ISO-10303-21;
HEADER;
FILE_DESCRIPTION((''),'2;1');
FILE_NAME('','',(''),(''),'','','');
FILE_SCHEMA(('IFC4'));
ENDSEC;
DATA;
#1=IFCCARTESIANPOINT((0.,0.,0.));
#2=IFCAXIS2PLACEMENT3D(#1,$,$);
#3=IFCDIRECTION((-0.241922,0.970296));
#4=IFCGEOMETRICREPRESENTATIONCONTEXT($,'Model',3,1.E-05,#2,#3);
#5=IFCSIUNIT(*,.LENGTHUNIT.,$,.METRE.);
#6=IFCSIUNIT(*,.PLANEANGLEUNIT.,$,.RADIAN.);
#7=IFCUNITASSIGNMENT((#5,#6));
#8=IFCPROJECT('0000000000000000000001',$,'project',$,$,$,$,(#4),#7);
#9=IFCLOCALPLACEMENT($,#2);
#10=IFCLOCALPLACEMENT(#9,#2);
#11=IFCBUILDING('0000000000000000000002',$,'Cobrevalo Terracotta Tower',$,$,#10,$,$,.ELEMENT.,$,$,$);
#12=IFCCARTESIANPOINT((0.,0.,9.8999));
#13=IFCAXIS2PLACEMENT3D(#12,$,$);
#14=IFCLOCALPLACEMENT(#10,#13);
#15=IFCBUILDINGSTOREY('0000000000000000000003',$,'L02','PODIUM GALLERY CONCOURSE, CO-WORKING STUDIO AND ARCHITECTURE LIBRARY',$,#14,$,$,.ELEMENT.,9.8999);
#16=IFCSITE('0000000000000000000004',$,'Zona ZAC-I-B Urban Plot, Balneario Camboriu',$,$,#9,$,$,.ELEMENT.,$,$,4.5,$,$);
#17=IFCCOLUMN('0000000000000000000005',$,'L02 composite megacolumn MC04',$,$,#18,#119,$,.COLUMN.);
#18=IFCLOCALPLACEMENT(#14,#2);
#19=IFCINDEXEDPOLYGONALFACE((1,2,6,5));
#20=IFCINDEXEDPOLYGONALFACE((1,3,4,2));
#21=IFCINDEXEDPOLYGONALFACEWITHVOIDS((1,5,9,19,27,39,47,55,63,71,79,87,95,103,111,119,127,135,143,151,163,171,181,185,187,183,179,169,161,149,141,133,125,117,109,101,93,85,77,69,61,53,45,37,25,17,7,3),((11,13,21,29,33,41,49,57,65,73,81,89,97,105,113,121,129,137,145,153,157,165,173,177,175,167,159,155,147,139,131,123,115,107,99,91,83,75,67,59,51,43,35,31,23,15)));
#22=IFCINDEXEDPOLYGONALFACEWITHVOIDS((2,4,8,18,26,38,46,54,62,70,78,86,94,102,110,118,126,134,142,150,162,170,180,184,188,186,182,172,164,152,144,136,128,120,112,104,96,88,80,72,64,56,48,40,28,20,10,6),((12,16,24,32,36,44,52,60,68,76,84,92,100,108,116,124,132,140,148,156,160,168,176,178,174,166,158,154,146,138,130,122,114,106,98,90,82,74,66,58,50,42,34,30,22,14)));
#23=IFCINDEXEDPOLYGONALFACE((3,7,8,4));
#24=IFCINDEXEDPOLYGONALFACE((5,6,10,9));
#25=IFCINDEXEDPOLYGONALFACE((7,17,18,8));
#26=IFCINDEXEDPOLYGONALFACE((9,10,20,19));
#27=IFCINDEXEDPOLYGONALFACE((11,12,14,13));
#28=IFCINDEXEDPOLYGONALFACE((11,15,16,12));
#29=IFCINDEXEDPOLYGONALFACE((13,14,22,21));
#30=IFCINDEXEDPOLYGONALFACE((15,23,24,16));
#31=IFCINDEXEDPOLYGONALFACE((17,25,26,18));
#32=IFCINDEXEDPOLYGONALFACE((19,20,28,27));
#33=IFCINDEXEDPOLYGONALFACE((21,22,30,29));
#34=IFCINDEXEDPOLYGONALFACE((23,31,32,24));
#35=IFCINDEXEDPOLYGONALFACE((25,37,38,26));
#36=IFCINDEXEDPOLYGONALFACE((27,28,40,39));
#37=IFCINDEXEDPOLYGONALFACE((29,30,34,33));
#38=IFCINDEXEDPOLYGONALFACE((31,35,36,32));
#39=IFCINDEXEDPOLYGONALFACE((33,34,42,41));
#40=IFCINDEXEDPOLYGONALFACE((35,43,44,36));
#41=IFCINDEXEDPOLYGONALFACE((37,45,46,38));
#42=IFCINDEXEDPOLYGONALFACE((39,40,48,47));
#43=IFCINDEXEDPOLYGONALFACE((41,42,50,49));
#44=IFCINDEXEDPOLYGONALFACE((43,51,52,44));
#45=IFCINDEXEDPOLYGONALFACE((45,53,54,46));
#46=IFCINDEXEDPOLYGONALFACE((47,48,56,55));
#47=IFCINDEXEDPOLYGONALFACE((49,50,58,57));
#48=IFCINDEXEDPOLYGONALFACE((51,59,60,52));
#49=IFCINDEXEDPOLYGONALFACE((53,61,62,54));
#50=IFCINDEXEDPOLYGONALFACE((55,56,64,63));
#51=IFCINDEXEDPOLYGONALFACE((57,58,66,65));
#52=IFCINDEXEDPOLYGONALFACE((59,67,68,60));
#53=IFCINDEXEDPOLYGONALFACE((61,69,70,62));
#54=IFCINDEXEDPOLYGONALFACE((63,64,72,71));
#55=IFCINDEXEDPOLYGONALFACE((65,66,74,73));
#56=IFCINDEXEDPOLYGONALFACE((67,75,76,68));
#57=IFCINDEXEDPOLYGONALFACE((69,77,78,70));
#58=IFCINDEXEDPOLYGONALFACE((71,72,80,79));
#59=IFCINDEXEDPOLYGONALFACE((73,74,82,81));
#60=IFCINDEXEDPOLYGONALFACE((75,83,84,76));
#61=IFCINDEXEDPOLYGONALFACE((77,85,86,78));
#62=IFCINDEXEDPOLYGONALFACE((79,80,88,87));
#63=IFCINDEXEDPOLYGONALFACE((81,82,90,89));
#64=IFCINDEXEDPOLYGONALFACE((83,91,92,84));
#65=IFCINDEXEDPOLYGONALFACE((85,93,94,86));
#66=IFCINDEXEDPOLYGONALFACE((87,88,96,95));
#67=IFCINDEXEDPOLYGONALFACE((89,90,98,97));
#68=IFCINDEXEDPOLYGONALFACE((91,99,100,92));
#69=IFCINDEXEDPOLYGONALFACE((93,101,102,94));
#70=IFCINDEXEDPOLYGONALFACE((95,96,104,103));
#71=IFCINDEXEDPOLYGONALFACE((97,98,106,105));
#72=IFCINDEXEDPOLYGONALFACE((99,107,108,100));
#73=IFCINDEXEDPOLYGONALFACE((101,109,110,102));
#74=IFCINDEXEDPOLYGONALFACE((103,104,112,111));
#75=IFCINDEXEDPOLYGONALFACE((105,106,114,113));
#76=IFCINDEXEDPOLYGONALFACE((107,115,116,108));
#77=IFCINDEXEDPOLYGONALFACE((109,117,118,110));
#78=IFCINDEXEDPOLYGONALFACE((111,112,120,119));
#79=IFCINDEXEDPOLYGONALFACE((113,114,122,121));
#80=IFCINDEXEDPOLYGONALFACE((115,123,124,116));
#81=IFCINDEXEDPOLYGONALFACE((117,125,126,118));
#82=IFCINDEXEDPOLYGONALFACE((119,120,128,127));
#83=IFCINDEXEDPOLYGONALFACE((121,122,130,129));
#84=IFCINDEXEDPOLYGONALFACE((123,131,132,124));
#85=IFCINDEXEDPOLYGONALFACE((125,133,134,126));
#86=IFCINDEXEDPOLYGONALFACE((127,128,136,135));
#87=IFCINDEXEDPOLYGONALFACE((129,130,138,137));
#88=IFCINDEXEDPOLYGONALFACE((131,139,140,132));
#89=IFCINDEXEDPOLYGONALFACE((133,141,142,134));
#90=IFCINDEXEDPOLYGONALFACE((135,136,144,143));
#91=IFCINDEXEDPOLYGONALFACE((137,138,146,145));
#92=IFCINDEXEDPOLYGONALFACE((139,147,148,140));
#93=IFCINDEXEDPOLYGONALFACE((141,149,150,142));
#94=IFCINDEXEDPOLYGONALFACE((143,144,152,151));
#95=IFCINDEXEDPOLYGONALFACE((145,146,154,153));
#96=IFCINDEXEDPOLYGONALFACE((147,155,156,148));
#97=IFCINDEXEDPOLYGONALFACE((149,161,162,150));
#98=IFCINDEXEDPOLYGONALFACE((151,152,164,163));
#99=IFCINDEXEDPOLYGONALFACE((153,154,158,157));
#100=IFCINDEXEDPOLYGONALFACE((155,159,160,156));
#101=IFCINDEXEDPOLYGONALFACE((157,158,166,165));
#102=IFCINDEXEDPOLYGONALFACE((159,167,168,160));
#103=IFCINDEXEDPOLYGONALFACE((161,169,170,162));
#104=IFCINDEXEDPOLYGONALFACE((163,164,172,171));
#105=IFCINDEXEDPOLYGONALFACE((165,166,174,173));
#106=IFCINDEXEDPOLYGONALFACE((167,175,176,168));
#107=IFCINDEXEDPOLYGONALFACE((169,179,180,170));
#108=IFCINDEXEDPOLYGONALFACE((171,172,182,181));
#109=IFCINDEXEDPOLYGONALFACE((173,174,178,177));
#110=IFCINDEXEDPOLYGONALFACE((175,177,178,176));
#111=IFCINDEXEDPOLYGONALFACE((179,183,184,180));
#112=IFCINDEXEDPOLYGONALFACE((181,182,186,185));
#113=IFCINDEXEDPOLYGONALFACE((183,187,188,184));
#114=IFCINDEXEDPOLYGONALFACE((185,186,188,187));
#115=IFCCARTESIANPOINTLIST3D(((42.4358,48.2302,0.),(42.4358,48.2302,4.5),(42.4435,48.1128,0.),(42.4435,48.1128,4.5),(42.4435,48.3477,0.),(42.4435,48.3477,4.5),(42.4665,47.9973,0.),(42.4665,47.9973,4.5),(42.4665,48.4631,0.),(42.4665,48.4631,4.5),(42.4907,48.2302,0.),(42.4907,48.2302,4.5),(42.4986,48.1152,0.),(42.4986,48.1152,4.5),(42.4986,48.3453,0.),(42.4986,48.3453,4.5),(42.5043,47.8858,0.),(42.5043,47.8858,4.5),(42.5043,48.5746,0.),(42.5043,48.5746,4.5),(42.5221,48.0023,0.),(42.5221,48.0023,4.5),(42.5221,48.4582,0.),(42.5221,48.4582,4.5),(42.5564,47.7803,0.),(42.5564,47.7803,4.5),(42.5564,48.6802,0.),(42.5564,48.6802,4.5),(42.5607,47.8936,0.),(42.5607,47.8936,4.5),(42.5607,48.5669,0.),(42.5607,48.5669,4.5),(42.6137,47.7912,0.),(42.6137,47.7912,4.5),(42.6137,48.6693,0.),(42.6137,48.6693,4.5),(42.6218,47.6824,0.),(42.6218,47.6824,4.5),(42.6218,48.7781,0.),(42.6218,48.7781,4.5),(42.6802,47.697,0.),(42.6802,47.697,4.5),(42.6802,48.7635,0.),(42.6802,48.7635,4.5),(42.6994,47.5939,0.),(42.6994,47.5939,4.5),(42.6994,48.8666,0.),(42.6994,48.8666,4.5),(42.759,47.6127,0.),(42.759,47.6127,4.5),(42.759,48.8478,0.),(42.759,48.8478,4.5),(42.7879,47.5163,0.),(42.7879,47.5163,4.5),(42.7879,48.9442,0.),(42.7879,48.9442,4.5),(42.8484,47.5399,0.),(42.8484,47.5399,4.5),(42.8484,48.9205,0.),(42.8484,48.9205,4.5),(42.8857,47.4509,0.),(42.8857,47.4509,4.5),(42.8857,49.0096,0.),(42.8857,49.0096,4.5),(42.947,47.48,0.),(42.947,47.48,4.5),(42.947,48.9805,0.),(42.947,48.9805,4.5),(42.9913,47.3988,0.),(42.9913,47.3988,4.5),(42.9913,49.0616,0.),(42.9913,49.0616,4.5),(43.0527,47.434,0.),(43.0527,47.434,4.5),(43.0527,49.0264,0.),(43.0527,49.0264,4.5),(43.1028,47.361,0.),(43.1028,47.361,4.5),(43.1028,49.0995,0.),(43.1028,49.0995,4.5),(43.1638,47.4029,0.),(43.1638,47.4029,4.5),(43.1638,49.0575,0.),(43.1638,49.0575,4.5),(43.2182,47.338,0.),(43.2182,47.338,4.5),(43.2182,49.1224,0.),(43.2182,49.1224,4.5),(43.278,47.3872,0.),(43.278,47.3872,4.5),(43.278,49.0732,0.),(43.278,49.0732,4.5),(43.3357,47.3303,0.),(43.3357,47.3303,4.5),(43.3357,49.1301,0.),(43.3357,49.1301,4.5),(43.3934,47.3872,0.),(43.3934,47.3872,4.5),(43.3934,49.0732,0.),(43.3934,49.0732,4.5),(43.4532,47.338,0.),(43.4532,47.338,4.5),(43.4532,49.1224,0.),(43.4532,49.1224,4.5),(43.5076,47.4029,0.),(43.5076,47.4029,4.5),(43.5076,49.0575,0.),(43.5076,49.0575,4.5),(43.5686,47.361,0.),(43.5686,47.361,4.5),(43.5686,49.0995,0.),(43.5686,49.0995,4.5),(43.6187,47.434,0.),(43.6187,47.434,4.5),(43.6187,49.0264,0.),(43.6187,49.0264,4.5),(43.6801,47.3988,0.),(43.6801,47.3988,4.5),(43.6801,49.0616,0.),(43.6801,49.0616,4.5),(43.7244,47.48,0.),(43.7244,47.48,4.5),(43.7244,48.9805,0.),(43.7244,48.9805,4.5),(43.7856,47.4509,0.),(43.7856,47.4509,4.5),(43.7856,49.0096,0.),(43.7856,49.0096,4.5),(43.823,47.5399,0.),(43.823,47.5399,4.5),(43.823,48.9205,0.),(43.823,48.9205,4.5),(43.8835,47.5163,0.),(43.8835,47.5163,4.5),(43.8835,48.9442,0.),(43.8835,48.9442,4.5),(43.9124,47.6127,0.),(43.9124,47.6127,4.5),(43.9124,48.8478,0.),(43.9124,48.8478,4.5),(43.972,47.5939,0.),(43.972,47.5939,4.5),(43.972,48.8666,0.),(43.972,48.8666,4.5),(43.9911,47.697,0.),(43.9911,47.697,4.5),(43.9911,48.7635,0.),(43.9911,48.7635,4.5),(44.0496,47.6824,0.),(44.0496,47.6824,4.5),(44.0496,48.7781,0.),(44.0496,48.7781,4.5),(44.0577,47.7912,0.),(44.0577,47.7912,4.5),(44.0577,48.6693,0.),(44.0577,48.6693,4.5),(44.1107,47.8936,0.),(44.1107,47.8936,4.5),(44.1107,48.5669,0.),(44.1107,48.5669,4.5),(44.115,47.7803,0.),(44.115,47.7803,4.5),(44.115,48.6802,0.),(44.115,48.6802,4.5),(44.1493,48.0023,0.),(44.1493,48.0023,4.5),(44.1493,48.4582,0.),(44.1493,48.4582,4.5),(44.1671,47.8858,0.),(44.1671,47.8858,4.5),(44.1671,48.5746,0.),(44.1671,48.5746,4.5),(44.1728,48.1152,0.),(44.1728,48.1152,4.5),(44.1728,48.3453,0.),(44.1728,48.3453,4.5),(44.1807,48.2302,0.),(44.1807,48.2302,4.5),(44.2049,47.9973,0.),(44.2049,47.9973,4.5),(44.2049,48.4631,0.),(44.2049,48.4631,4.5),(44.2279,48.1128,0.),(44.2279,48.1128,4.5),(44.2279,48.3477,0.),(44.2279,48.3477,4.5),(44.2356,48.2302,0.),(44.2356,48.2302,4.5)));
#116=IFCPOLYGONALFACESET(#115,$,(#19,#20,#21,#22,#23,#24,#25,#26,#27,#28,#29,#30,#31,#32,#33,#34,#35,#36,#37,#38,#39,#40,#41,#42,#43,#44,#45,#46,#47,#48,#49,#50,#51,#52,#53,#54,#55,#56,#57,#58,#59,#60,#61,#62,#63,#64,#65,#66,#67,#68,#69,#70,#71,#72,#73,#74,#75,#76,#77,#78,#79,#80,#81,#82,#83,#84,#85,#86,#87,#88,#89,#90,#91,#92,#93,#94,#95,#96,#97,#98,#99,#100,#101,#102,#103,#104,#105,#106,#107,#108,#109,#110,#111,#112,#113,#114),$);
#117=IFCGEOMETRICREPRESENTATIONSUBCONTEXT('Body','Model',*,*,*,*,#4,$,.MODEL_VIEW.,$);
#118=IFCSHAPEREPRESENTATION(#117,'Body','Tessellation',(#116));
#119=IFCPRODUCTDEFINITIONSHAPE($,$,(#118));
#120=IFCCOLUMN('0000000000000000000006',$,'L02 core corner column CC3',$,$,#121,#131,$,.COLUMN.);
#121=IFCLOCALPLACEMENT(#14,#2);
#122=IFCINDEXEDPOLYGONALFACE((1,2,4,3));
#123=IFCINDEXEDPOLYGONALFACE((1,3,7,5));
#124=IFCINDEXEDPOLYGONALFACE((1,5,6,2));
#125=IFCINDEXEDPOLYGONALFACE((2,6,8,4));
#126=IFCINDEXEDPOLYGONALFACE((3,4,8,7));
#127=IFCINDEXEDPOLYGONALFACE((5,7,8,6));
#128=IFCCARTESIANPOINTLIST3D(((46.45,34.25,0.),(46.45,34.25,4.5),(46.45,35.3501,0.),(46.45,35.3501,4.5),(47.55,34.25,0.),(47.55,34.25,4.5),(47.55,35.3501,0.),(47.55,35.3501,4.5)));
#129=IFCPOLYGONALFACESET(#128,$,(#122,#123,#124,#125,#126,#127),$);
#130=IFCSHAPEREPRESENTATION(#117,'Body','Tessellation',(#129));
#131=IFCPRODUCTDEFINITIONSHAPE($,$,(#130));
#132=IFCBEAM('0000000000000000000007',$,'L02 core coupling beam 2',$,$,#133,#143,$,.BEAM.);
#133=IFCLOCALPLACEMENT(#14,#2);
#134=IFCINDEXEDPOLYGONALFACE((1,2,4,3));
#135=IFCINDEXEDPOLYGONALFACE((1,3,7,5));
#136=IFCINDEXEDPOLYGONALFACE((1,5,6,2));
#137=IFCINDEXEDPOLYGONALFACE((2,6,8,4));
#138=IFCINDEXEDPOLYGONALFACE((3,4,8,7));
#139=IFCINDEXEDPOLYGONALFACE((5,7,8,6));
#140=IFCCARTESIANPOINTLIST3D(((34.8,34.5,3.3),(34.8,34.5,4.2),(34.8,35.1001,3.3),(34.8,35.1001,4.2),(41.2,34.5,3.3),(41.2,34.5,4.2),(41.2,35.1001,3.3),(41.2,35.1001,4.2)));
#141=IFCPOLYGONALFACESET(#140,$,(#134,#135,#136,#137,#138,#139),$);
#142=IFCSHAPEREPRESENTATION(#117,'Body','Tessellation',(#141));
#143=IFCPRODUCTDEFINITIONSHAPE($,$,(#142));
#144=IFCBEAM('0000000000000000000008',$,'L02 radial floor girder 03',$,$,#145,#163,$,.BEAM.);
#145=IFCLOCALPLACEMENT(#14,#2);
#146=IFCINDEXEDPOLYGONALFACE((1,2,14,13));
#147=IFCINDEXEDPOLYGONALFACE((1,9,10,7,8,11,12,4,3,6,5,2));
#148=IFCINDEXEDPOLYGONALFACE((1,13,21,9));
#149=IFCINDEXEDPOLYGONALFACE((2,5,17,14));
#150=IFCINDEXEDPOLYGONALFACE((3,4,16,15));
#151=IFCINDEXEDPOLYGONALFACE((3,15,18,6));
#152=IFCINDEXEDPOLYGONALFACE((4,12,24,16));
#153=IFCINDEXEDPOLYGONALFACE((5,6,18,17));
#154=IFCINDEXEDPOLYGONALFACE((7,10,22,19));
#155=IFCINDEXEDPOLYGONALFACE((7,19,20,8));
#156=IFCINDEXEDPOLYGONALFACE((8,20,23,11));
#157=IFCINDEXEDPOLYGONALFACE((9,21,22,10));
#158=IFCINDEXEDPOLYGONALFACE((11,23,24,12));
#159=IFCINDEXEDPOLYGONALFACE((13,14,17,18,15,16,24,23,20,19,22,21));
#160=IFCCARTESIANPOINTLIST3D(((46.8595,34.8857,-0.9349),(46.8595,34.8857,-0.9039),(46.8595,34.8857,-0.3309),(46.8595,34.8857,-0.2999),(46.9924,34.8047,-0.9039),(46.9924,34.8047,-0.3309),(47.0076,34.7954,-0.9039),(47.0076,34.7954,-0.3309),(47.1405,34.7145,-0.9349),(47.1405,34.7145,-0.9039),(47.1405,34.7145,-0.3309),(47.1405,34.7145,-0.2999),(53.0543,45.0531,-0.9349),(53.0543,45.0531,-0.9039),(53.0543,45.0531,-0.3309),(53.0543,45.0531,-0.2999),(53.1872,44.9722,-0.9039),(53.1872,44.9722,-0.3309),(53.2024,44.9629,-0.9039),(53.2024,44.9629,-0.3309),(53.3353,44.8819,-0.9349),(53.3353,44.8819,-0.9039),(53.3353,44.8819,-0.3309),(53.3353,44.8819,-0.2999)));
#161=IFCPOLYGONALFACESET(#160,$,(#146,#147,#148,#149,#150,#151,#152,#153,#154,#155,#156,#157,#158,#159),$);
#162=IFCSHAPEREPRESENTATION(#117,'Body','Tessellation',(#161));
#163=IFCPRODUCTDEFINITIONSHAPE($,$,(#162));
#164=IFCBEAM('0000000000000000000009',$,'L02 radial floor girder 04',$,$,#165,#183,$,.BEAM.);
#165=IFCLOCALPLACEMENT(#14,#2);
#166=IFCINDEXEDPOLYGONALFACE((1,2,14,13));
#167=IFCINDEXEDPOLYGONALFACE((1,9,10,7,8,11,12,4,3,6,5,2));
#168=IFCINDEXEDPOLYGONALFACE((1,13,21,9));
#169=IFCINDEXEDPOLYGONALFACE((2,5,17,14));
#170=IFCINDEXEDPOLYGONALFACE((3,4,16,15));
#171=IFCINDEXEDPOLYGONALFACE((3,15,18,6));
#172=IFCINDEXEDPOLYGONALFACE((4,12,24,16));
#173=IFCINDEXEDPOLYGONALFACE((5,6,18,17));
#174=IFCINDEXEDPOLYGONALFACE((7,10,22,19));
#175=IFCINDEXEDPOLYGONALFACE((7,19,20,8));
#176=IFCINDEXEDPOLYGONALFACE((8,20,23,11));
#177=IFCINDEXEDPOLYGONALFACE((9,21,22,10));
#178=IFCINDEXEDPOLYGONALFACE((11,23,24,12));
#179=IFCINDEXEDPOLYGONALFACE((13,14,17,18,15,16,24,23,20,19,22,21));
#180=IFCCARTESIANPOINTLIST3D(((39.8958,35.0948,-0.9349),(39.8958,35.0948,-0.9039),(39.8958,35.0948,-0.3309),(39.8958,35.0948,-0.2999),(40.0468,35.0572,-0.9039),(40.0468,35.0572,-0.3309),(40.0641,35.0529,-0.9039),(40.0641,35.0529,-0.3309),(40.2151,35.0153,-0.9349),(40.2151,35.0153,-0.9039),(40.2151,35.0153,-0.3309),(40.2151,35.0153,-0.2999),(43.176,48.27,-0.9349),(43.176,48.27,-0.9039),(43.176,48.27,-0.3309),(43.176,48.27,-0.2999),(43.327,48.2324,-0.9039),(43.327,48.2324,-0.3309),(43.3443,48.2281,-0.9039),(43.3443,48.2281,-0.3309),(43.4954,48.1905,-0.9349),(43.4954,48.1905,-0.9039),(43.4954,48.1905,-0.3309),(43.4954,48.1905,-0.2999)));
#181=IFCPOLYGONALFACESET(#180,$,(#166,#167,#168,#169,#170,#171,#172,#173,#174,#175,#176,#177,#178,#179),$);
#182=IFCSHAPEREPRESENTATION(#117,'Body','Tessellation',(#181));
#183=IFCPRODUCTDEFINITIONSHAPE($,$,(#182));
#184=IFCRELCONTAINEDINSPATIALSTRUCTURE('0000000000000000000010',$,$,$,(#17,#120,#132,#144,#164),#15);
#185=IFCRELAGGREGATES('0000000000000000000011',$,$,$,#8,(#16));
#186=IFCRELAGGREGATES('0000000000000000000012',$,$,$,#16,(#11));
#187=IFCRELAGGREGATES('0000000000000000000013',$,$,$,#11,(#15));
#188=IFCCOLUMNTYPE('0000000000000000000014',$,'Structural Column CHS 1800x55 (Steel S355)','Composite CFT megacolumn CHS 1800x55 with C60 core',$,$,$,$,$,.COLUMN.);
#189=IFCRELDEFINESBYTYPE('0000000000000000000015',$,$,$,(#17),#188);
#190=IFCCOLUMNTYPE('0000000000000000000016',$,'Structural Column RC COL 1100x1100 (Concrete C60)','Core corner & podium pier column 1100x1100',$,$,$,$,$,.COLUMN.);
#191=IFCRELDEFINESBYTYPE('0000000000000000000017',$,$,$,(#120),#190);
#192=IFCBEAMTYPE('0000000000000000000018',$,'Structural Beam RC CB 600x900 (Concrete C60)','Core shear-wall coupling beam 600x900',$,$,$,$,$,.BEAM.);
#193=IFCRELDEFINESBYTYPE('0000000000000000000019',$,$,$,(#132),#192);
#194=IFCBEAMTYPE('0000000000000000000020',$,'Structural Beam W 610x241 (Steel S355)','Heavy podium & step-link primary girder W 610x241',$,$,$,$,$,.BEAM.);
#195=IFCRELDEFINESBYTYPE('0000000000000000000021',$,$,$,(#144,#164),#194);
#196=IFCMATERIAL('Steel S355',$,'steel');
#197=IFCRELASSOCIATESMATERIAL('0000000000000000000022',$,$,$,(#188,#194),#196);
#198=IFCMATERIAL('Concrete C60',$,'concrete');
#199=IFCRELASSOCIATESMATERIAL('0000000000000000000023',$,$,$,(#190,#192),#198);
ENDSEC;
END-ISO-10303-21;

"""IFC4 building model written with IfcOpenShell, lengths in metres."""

from ifc_helpers import new_model, si_unit, direction, frame, origin, origin_2d, place, context, subcontext, project, spatial, rectangle, hollow_circle, i_section, extrude, material, material_profile, profile_set, type_object, element, save


model = new_model("IFC4")

# Units and contexts
model_context = context("Model", 3, precision=1e-05, world=origin(), true_north=direction((-0.241922, 0.970296)))
body_context = subcontext(model_context, "Body", "Model", "MODEL_VIEW")
ifc_project = project(units=[si_unit("LENGTHUNIT", "METRE"), si_unit("PLANEANGLEUNIT", "RADIAN")], contexts=[model_context])

# Site, building, storey
site_placement = place(None, origin())
site = spatial("IfcSite", under=ifc_project, at=site_placement, Name="Zona ZAC-I-B Urban Plot, Balneario Camboriu", CompositionType="ELEMENT", RefElevation=4.5)
building_placement = place(site_placement, origin())
building = spatial("IfcBuilding", under=site, at=building_placement, Name="Cobrevalo Terracotta Tower", CompositionType="ELEMENT")
storey_placement = place(building_placement, frame((0.0, 0.0, 9.8999)))
storey = spatial("IfcBuildingStorey", under=building, at=storey_placement, Name="L02", Description="PODIUM GALLERY CONCOURSE, CO-WORKING STUDIO AND ARCHITECTURE LIBRARY", CompositionType="ELEMENT", Elevation=9.8999)

# Columns
ifc_material_1 = material(Name="Steel S355", Category="steel")
ifc_material_profile_1 = material_profile(ifc_material_1, hollow_circle(Radius=0.8999, WallThickness=0.0549, at=origin_2d()), Name="CHS 1800x55")
ifc_profile_set_1 = profile_set([ifc_material_profile_1], Name="Steel S355")
column_type_1 = type_object("IfcColumnType", Name="Structural Column CHS 1800x55 (Steel S355)", Description="Composite CFT megacolumn CHS 1800x55 with C60 core", PredefinedType="COLUMN", material=ifc_profile_set_1)
for number, where, z_axis, x_axis, name in (
    (1, (43.3357, 48.2302, 0.0), (0.0, 0.0, 1.0), (1.0, 0.0, 0.0), "L02 composite megacolumn MC04"),
):
    element("IfcColumn", number, at=place(storey_placement, frame(where, z_axis=z_axis, x_axis=x_axis)), inside=storey, type_object=column_type_1, Name=name, PredefinedType="COLUMN", context=body_context, shape_type="SweptSolid", body=[
        extrude(hollow_circle(Radius=0.8999, WallThickness=0.0549, at=origin_2d()), origin(), (0.0, 0.0, 1.0), 4.5),
    ])
ifc_material_2 = material(Name="Concrete C60", Category="concrete")
ifc_material_profile_2 = material_profile(ifc_material_2, rectangle(XDim=1.1001, YDim=1.1001, at=origin_2d()), Name="RC COL 1100x1100")
ifc_profile_set_2 = profile_set([ifc_material_profile_2], Name="Concrete C60")
column_type_2 = type_object("IfcColumnType", Name="Structural Column RC COL 1100x1100 (Concrete C60)", Description="Core corner & podium pier column 1100x1100", PredefinedType="COLUMN", material=ifc_profile_set_2)
column_placement = place(storey_placement, frame((47.0, 34.8, 0.0), z_axis=(0.0, 0.0, 1.0), x_axis=(1.0, 0.0, 0.0)))
element("IfcColumn", 2, at=column_placement, inside=storey, type_object=column_type_2, Name="L02 core corner column CC3", PredefinedType="COLUMN", context=body_context, shape_type="SweptSolid", body=[
    extrude(rectangle(XDim=1.1001, YDim=1.1001, at=origin_2d()), origin(), (0.0, 0.0, 1.0), 4.5),
])

# Beams
ifc_material_profile_3 = material_profile(ifc_material_2, rectangle(XDim=0.6001, YDim=0.8999, at=origin_2d()), Name="RC CB 600x900")
ifc_profile_set_3 = profile_set([ifc_material_profile_3], Name="Concrete C60")
beam_type_1 = type_object("IfcBeamType", Name="Structural Beam RC CB 600x900 (Concrete C60)", Description="Core shear-wall coupling beam 600x900", PredefinedType="BEAM", material=ifc_profile_set_3)
beam_1_placement = place(storey_placement, frame((34.8, 34.8, 3.75), z_axis=(1.0, 0.0, 0.0), x_axis=(0.0, 1.0, 0.0)))
element("IfcBeam", 3, at=beam_1_placement, inside=storey, type_object=beam_type_1, Name="L02 core coupling beam 2", PredefinedType="BEAM", context=body_context, shape_type="SweptSolid", body=[
    extrude(rectangle(XDim=0.6001, YDim=0.8999, at=origin_2d()), origin(), (0.0, 0.0, 1.0), 6.3999),
])
ifc_material_profile_4 = material_profile(ifc_material_1, i_section(OverallWidth=0.3291, OverallDepth=0.635, WebThickness=0.0178, FlangeThickness=0.031, at=origin_2d()), Name="W 610x241")
ifc_profile_set_4 = profile_set([ifc_material_profile_4], Name="Steel S355")
beam_type_2 = type_object("IfcBeamType", Name="Structural Beam W 610x241 (Steel S355)", Description="Heavy podium & step-link primary girder W 610x241", PredefinedType="BEAM", material=ifc_profile_set_4)
beam_2_placement = place(storey_placement, frame((53.1948, 44.9675, -0.6174), z_axis=(-0.52031, -0.853978, 0.0), x_axis=(0.853978, -0.52031, 0.0)))
element("IfcBeam", 4, at=beam_2_placement, inside=storey, type_object=beam_type_2, Name="L02 radial floor girder 03", PredefinedType="BEAM", context=body_context, shape_type="SweptSolid", body=[
    extrude(i_section(OverallWidth=0.3291, OverallDepth=0.635, WebThickness=0.0178, FlangeThickness=0.031, at=origin_2d()), origin(), (0.0, 0.0, 1.0), 11.906),
])
beam_3_placement = place(storey_placement, frame((43.3357, 48.2302, -0.6174), z_axis=(-0.241596, -0.970377, 0.0), x_axis=(0.970377, -0.241596, 0.0)))
element("IfcBeam", 5, at=beam_3_placement, inside=storey, type_object=beam_type_2, Name="L02 radial floor girder 04", PredefinedType="BEAM", context=body_context, shape_type="SweptSolid", body=[
    extrude(i_section(OverallWidth=0.3291, OverallDepth=0.635, WebThickness=0.0178, FlangeThickness=0.031, at=origin_2d()), origin(), (0.0, 0.0, 1.0), 13.5774),
])

save(model, "model.ifc")
